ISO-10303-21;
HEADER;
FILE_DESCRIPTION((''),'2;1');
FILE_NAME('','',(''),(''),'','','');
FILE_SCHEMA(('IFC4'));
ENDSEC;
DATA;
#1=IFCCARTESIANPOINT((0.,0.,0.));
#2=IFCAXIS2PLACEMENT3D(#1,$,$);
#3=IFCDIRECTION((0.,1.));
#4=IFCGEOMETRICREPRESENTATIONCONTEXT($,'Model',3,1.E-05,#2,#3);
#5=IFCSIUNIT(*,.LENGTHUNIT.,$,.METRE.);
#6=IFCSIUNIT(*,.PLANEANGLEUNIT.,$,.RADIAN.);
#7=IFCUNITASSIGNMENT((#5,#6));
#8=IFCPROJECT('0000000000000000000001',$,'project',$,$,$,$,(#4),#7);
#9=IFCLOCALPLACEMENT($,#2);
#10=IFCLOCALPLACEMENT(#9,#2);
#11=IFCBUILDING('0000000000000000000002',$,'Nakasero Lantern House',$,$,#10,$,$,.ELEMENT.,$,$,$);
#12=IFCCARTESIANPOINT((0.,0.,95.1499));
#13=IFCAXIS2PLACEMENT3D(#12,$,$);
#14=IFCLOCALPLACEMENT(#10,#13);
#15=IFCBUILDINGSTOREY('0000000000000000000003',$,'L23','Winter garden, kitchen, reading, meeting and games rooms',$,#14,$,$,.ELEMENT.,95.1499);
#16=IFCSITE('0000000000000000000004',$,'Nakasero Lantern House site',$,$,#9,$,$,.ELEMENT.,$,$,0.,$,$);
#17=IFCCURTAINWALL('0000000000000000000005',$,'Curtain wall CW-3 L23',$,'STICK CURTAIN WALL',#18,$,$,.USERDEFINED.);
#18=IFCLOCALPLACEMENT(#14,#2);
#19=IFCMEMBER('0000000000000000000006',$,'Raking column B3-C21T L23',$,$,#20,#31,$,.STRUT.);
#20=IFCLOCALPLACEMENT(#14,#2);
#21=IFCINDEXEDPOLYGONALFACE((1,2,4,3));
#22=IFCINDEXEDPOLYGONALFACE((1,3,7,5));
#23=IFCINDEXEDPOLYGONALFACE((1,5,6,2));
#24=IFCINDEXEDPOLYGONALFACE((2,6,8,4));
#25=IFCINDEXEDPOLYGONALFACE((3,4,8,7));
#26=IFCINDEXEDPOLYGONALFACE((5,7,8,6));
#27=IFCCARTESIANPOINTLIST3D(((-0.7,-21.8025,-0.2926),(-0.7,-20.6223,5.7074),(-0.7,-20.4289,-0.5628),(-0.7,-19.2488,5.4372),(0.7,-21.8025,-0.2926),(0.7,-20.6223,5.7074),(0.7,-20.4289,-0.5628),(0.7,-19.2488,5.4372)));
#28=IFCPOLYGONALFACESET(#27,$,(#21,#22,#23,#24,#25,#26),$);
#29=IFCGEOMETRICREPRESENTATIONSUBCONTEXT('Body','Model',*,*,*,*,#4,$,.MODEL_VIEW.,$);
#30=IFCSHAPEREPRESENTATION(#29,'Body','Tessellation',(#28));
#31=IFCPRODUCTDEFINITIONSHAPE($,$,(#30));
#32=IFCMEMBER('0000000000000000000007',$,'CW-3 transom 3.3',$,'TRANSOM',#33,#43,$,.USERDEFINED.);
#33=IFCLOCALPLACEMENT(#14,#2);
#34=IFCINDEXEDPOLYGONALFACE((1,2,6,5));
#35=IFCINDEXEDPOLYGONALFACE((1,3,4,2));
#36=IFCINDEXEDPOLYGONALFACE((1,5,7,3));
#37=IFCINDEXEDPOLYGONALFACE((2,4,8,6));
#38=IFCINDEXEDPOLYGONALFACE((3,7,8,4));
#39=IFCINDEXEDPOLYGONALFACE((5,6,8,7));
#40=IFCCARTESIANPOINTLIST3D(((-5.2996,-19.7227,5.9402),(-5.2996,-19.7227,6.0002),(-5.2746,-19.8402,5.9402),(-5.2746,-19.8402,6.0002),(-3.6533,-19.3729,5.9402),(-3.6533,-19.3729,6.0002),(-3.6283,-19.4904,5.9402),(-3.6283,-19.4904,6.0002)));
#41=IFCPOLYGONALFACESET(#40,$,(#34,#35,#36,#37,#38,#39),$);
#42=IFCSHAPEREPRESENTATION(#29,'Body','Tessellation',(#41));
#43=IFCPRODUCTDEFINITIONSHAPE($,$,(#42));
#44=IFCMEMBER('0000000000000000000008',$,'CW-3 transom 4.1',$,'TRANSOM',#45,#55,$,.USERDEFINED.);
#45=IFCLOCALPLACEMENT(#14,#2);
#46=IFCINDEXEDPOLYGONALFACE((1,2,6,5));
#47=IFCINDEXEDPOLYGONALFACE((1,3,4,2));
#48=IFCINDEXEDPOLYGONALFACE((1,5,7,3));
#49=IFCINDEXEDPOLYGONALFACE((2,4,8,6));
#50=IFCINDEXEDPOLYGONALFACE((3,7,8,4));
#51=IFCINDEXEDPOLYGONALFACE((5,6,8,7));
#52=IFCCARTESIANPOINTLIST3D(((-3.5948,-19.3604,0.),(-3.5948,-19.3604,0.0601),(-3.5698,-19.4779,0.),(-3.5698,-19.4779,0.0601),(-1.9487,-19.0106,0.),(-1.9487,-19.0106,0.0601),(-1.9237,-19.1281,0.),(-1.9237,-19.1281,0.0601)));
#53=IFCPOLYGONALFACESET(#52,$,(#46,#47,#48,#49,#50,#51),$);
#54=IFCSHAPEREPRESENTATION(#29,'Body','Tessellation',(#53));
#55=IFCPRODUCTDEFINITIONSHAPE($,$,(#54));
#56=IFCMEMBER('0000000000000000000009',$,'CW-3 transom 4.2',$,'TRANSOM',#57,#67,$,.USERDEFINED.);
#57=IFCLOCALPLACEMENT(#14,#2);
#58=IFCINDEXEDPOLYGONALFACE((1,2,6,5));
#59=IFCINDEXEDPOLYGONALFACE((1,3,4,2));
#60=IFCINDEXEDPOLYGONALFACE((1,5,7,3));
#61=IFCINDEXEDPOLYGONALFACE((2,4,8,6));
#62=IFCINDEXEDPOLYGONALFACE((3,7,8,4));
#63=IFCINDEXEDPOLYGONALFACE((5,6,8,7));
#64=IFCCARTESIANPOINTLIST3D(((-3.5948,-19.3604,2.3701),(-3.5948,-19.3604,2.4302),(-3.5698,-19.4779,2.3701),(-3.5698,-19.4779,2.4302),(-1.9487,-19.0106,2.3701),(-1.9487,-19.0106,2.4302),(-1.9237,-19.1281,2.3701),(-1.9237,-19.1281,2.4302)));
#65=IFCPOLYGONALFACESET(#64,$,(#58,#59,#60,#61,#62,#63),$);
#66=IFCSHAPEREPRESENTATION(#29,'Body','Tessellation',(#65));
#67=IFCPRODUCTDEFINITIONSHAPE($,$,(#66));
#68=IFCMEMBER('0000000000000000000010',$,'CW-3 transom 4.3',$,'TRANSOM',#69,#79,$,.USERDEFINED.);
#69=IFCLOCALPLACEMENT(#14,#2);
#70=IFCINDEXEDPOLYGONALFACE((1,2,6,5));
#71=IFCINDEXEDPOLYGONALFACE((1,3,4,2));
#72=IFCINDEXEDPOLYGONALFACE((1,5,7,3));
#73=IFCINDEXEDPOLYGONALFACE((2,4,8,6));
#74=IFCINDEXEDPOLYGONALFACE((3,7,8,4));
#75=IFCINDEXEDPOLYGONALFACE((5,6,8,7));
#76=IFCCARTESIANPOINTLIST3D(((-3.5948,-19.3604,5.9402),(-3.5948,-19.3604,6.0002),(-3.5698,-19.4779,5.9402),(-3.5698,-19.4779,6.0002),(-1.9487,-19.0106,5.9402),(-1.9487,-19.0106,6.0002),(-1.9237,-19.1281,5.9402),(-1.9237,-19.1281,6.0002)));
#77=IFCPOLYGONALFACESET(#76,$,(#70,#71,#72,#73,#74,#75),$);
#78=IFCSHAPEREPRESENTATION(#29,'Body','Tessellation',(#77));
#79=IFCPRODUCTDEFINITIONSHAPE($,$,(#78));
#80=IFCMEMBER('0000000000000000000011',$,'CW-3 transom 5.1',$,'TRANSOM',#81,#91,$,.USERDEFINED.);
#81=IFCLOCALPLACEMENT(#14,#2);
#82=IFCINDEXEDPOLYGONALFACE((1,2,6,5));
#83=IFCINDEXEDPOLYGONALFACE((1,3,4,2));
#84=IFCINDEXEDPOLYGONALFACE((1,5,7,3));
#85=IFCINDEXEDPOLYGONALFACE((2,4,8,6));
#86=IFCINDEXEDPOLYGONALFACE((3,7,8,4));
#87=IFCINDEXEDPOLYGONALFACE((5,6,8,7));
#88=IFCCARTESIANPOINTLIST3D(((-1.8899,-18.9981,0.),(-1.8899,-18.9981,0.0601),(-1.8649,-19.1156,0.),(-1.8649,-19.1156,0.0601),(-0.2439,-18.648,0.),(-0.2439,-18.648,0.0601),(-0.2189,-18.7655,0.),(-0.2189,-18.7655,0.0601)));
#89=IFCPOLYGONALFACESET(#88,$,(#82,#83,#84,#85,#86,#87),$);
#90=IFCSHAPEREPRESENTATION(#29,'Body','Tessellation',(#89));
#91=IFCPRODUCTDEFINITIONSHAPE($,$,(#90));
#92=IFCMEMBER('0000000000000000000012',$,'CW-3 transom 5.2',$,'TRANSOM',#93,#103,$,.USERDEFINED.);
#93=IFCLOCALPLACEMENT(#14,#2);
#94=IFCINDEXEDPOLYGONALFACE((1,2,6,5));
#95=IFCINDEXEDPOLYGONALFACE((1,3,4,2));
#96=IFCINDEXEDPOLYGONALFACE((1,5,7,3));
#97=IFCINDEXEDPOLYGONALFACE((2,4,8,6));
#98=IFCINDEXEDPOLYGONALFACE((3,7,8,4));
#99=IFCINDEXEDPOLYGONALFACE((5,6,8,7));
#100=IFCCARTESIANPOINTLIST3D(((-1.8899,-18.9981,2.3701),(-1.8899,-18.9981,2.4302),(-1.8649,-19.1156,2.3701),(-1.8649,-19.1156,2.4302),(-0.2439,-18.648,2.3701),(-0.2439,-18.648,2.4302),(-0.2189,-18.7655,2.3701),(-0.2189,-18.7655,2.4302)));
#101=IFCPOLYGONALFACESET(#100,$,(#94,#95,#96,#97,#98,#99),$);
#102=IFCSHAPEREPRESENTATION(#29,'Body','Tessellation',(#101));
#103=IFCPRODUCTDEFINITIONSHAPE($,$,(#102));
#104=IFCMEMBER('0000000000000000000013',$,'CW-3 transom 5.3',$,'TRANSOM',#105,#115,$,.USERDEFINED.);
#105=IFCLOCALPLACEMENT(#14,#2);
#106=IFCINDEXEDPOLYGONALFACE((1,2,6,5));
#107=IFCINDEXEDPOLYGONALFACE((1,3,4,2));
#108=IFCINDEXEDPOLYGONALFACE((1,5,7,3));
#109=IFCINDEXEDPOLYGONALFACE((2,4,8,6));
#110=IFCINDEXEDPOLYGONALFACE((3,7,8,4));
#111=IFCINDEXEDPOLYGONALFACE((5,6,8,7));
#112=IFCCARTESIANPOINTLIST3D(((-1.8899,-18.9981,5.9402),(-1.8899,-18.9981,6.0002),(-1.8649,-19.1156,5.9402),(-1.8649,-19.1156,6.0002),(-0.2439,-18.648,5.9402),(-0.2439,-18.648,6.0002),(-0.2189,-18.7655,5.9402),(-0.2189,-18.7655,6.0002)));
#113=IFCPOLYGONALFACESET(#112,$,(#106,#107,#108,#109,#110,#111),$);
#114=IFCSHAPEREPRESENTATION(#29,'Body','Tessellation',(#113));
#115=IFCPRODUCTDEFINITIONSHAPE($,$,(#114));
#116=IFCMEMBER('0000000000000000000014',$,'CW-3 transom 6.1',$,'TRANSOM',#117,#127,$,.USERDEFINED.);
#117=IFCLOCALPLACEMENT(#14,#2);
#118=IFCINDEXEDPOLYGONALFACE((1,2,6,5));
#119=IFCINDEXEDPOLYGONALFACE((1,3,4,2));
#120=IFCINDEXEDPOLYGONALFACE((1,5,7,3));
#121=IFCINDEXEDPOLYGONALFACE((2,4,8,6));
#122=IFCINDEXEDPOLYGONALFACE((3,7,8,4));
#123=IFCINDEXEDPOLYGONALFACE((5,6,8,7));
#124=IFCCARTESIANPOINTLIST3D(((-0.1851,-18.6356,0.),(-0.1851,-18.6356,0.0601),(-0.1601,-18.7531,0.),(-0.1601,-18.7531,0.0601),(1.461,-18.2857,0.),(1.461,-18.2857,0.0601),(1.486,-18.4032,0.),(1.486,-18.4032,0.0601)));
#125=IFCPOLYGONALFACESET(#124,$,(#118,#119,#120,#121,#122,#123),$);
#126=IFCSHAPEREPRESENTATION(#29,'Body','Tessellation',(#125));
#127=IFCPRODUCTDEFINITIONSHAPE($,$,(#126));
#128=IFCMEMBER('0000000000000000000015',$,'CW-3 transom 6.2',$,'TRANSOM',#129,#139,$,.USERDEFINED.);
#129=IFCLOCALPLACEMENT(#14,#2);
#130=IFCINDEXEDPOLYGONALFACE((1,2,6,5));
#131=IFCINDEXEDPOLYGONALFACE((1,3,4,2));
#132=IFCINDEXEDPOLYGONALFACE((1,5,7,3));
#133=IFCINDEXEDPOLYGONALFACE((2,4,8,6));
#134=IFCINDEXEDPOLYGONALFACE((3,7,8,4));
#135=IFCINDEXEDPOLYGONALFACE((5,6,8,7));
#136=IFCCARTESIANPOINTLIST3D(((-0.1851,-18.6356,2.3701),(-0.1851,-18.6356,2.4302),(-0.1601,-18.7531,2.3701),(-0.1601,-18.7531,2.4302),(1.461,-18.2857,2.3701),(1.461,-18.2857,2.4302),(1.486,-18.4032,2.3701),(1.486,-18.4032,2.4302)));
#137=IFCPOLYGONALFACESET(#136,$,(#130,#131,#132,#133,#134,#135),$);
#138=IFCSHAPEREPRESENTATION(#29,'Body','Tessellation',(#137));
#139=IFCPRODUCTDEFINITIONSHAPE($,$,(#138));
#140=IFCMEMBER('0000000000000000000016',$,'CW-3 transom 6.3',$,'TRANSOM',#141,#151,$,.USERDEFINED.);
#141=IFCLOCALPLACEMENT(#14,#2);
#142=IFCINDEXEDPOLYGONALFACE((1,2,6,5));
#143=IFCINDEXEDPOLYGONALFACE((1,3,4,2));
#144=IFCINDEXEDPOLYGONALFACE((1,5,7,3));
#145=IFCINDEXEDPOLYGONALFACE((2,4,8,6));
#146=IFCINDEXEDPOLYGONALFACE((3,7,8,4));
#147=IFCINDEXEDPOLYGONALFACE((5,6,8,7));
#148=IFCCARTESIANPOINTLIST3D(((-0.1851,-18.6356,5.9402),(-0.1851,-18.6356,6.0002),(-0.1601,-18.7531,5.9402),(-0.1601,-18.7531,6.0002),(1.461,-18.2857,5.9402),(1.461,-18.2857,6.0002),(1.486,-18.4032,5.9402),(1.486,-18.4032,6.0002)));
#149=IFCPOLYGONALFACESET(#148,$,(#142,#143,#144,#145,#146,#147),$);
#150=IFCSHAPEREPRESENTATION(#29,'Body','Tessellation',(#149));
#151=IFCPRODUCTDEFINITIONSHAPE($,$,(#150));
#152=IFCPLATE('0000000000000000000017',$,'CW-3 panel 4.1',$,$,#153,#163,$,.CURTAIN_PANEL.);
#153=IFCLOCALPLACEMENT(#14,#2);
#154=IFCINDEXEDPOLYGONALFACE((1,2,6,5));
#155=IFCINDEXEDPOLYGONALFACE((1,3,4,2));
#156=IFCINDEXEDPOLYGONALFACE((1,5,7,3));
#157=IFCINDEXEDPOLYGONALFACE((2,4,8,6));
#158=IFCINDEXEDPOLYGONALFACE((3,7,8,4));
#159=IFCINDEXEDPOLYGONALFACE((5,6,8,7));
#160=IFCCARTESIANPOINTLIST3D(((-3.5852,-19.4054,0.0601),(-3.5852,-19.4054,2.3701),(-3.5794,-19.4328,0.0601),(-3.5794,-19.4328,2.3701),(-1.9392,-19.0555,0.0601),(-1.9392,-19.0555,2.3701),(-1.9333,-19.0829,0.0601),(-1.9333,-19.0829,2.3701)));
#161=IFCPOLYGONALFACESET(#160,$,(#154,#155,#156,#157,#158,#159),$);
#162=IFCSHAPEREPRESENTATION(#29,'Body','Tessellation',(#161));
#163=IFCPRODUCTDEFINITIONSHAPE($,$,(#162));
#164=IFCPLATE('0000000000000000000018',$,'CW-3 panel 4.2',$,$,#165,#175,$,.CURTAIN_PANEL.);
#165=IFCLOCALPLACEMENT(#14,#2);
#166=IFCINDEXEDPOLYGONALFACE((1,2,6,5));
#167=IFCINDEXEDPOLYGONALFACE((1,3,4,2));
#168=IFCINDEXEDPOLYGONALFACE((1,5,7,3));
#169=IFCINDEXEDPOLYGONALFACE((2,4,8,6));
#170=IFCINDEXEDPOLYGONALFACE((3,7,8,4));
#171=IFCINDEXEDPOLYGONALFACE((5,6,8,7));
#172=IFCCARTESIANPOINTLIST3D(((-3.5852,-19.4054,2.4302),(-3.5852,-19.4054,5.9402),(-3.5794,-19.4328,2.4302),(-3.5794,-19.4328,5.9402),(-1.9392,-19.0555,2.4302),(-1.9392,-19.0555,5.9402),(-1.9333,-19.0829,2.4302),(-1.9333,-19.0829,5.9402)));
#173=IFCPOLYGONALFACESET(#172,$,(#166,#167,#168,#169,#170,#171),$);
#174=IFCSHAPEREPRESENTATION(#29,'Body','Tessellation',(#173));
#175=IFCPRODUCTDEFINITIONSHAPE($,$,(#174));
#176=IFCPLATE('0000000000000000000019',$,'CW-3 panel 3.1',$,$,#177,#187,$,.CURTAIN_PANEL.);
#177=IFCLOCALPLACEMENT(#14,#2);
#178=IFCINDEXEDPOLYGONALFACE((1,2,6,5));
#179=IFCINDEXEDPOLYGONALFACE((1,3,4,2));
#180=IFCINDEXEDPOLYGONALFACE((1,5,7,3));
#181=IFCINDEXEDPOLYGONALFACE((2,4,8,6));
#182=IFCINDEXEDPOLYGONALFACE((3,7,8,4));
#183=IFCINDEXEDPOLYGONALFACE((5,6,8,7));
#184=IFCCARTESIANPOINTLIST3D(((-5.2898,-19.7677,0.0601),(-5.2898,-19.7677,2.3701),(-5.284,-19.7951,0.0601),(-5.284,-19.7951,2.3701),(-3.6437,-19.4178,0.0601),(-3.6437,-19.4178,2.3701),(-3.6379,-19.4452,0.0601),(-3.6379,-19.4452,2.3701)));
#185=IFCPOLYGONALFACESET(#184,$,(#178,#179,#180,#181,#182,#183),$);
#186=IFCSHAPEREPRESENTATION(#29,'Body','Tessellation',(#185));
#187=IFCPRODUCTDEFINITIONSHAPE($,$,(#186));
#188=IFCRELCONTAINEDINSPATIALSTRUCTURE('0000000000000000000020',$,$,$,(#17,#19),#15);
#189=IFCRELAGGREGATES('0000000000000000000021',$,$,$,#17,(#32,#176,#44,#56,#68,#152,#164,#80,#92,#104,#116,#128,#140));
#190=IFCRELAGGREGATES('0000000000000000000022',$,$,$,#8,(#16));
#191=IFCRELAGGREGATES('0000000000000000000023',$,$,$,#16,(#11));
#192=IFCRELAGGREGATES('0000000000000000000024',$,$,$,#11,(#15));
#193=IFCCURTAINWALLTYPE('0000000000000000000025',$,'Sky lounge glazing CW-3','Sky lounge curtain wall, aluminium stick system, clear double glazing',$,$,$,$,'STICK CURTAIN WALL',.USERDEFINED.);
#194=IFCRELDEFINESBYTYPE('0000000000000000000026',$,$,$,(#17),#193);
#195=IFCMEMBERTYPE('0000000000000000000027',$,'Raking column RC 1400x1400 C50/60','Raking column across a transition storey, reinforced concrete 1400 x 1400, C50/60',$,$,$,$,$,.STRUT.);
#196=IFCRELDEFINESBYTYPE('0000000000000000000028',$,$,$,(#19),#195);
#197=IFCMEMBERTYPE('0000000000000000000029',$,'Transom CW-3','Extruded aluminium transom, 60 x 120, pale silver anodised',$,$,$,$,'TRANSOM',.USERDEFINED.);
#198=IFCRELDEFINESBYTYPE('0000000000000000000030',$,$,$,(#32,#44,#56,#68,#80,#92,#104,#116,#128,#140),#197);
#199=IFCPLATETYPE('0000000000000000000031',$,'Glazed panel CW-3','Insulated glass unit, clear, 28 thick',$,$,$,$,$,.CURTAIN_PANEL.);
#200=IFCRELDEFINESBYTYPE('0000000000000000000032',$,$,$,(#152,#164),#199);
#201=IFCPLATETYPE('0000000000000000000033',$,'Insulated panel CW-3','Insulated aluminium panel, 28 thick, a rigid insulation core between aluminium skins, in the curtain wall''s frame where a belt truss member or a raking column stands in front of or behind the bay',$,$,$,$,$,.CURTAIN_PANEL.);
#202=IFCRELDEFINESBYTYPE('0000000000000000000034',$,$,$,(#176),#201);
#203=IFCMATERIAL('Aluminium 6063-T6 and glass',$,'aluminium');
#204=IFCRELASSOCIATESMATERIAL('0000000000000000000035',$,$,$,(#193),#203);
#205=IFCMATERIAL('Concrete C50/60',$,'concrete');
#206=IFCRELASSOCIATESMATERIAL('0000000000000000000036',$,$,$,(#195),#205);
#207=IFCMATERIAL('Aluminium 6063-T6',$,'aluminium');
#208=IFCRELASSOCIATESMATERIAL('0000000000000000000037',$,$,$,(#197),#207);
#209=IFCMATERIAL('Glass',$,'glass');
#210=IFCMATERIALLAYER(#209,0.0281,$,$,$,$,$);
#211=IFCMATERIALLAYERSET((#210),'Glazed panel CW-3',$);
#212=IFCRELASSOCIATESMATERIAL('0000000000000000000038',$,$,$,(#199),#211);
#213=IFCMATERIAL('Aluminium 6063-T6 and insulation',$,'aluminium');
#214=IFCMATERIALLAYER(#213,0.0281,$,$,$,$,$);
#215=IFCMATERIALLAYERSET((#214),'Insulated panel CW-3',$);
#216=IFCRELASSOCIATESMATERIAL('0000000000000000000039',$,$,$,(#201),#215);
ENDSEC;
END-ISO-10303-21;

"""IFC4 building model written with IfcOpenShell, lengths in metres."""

from ifc_helpers import new_model, si_unit, direction, frame, origin, origin_2d, place, context, subcontext, project, spatial, rectangle, extrude, material, layer, layer_set, material_profile, profile_set, type_object, element, aggregate, save


model = new_model("IFC4")

# Units and contexts
model_context = context("Model", 3, precision=1e-05, world=origin(), true_north=direction((0.0, 1.0)))
body_context = subcontext(model_context, "Body", "Model", "MODEL_VIEW")
ifc_project = project(units=[si_unit("LENGTHUNIT", "METRE"), si_unit("PLANEANGLEUNIT", "RADIAN")], contexts=[model_context])

# Site, building, storey
site_placement = place(None, origin())
site = spatial("IfcSite", under=ifc_project, at=site_placement, Name="Nakasero Lantern House site", CompositionType="ELEMENT", RefElevation=0.0)
building_placement = place(site_placement, origin())
building = spatial("IfcBuilding", under=site, at=building_placement, Name="Nakasero Lantern House", CompositionType="ELEMENT")
storey_placement = place(building_placement, frame((0.0, 0.0, 95.1499)))
storey = spatial("IfcBuildingStorey", under=building, at=storey_placement, Name="L23", Description="Winter garden, kitchen, reading, meeting and games rooms", CompositionType="ELEMENT", Elevation=95.1499)

# Curtain wall
ifc_material_1 = material(Name="Aluminium 6063-T6 and glass", Category="aluminium")
curtain_wall_type = type_object("IfcCurtainWallType", Name="Sky lounge glazing CW-3", Description="Sky lounge curtain wall, aluminium stick system, clear double glazing", ElementType="STICK CURTAIN WALL", PredefinedType="USERDEFINED", material=ifc_material_1)
curtain_wall_placement = place(storey_placement, origin())
curtain_wall = element("IfcCurtainWall", 1, at=curtain_wall_placement, inside=storey, type_object=curtain_wall_type, Name="Curtain wall CW-3 L23", ObjectType="STICK CURTAIN WALL", PredefinedType="USERDEFINED")

# Members
ifc_material_2 = material(Name="Concrete C50/60", Category="concrete")
ifc_material_profile_1 = material_profile(ifc_material_2, rectangle(XDim=1.3999, YDim=1.3999, at=origin_2d()), Name="RC 1400x1400")
ifc_profile_set_1 = profile_set([ifc_material_profile_1], Name="Concrete C50/60")
member_type_1 = type_object("IfcMemberType", Name="Raking column RC 1400x1400 C50/60", Description="Raking column across a transition storey, reinforced concrete 1400 x 1400, C50/60", PredefinedType="STRUT", material=ifc_profile_set_1)
member_1_placement = place(storey_placement, frame((0.0, -21.1157, -0.4277), z_axis=(0.0, 0.192998, 0.981199), x_axis=(-1.0, 0.0, 0.0)))
element("IfcMember", 2, at=member_1_placement, inside=storey, type_object=member_type_1, Name="Raking column B3-C21T L23", PredefinedType="STRUT", context=body_context, shape_type="SweptSolid", body=[
    extrude(rectangle(XDim=1.3999, YDim=1.3999, at=origin_2d()), origin(), (0.0, 0.0, 1.0), 6.115),
])
ifc_material_3 = material(Name="Aluminium 6063-T6", Category="aluminium")
ifc_material_profile_2 = material_profile(ifc_material_3, rectangle(XDim=0.0601, YDim=0.1201, at=origin_2d()), Name="CW-3 transom 60x120")
ifc_profile_set_2 = profile_set([ifc_material_profile_2], Name="Aluminium 6063-T6")
member_type_2 = type_object("IfcMemberType", Name="Transom CW-3", Description="Extruded aluminium transom, 60 x 120, pale silver anodised", ElementType="TRANSOM", PredefinedType="USERDEFINED", material=ifc_profile_set_2)
member_2_placement = place(storey_placement, frame((-5.2871, -19.7815, 5.9702), z_axis=(0.978156, 0.207874, 0.0), x_axis=(0.0, 0.0, 1.0)))
member_2 = element("IfcMember", 3, at=member_2_placement, type_object=member_type_2, Name="CW-3 transom 3.3", ObjectType="TRANSOM", PredefinedType="USERDEFINED", context=body_context, shape_type="SweptSolid", body=[
    extrude(rectangle(XDim=0.0601, YDim=0.1201, at=origin_2d()), origin(), (0.0, 0.0, 1.0), 1.6831),
])
member_3_placement = place(storey_placement, frame((-3.5823, -19.4192, 0.03), z_axis=(0.978149, 0.207904, 0.0), x_axis=(0.0, 0.0, 1.0)))
member_3 = element("IfcMember", 4, at=member_3_placement, type_object=member_type_2, Name="CW-3 transom 4.1", ObjectType="TRANSOM", PredefinedType="USERDEFINED", context=body_context, shape_type="SweptSolid", body=[
    extrude(rectangle(XDim=0.0601, YDim=0.1201, at=origin_2d()), origin(), (0.0, 0.0, 1.0), 1.6829),
])
member_4_placement = place(storey_placement, frame((-3.5823, -19.4192, 2.4001), z_axis=(0.978149, 0.207904, 0.0), x_axis=(0.0, 0.0, 1.0)))
member_4 = element("IfcMember", 5, at=member_4_placement, type_object=member_type_2, Name="CW-3 transom 4.2", ObjectType="TRANSOM", PredefinedType="USERDEFINED", context=body_context, shape_type="SweptSolid", body=[
    extrude(rectangle(XDim=0.0601, YDim=0.1201, at=origin_2d()), origin(), (0.0, 0.0, 1.0), 1.6829),
])
member_5_placement = place(storey_placement, frame((-3.5823, -19.4192, 5.9702), z_axis=(0.978149, 0.207904, 0.0), x_axis=(0.0, 0.0, 1.0)))
member_5 = element("IfcMember", 6, at=member_5_placement, type_object=member_type_2, Name="CW-3 transom 4.3", ObjectType="TRANSOM", PredefinedType="USERDEFINED", context=body_context, shape_type="SweptSolid", body=[
    extrude(rectangle(XDim=0.0601, YDim=0.1201, at=origin_2d()), origin(), (0.0, 0.0, 1.0), 1.6829),
])
member_6_placement = place(storey_placement, frame((-1.8774, -19.0569, 0.03), z_axis=(0.97812, 0.208043, 0.0), x_axis=(0.0, 0.0, 1.0)))
member_6 = element("IfcMember", 7, at=member_6_placement, type_object=member_type_2, Name="CW-3 transom 5.1", ObjectType="TRANSOM", PredefinedType="USERDEFINED", context=body_context, shape_type="SweptSolid", body=[
    extrude(rectangle(XDim=0.0601, YDim=0.1201, at=origin_2d()), origin(), (0.0, 0.0, 1.0), 1.6829),
])
member_7_placement = place(storey_placement, frame((-1.8774, -19.0569, 2.4001), z_axis=(0.97812, 0.208043, 0.0), x_axis=(0.0, 0.0, 1.0)))
member_7 = element("IfcMember", 8, at=member_7_placement, type_object=member_type_2, Name="CW-3 transom 5.2", ObjectType="TRANSOM", PredefinedType="USERDEFINED", context=body_context, shape_type="SweptSolid", body=[
    extrude(rectangle(XDim=0.0601, YDim=0.1201, at=origin_2d()), origin(), (0.0, 0.0, 1.0), 1.6829),
])
member_8_placement = place(storey_placement, frame((-1.8774, -19.0569, 5.9702), z_axis=(0.97812, 0.208043, 0.0), x_axis=(0.0, 0.0, 1.0)))
member_8 = element("IfcMember", 9, at=member_8_placement, type_object=member_type_2, Name="CW-3 transom 5.3", ObjectType="TRANSOM", PredefinedType="USERDEFINED", context=body_context, shape_type="SweptSolid", body=[
    extrude(rectangle(XDim=0.0601, YDim=0.1201, at=origin_2d()), origin(), (0.0, 0.0, 1.0), 1.6829),
])
member_9_placement = place(storey_placement, frame((-0.1726, -18.6943, 0.03), z_axis=(0.978149, 0.207904, 0.0), x_axis=(0.0, 0.0, 1.0)))
member_9 = element("IfcMember", 10, at=member_9_placement, type_object=member_type_2, Name="CW-3 transom 6.1", ObjectType="TRANSOM", PredefinedType="USERDEFINED", context=body_context, shape_type="SweptSolid", body=[
    extrude(rectangle(XDim=0.0601, YDim=0.1201, at=origin_2d()), origin(), (0.0, 0.0, 1.0), 1.6829),
])
member_10_placement = place(storey_placement, frame((-0.1726, -18.6943, 2.4001), z_axis=(0.978149, 0.207904, 0.0), x_axis=(0.0, 0.0, 1.0)))
member_10 = element("IfcMember", 11, at=member_10_placement, type_object=member_type_2, Name="CW-3 transom 6.2", ObjectType="TRANSOM", PredefinedType="USERDEFINED", context=body_context, shape_type="SweptSolid", body=[
    extrude(rectangle(XDim=0.0601, YDim=0.1201, at=origin_2d()), origin(), (0.0, 0.0, 1.0), 1.6829),
])
member_11_placement = place(storey_placement, frame((-0.1726, -18.6943, 5.9702), z_axis=(0.978149, 0.207904, 0.0), x_axis=(0.0, 0.0, 1.0)))
member_11 = element("IfcMember", 12, at=member_11_placement, type_object=member_type_2, Name="CW-3 transom 6.3", ObjectType="TRANSOM", PredefinedType="USERDEFINED", context=body_context, shape_type="SweptSolid", body=[
    extrude(rectangle(XDim=0.0601, YDim=0.1201, at=origin_2d()), origin(), (0.0, 0.0, 1.0), 1.6829),
])

# Plates
ifc_material_4 = material(Name="Glass", Category="glass")
ifc_layer_1 = layer(ifc_material_4, 0.0281)
ifc_layer_set_1 = layer_set([ifc_layer_1], Name="Glazed panel CW-3")
plate_type_1 = type_object("IfcPlateType", Name="Glazed panel CW-3", Description="Insulated glass unit, clear, 28 thick", PredefinedType="CURTAIN_PANEL", material=ifc_layer_set_1)
plate_1_placement = place(storey_placement, frame((-2.7593, -19.2441, 0.0601), z_axis=(0.0, 0.0, 1.0), x_axis=(0.978148, 0.207912, 0.0)))
plate_1 = element("IfcPlate", 13, at=plate_1_placement, type_object=plate_type_1, Name="CW-3 panel 4.1", PredefinedType="CURTAIN_PANEL", context=body_context, shape_type="SweptSolid", body=[
    extrude(rectangle(XDim=1.6829, YDim=0.0281, at=origin_2d()), origin(), (0.0, 0.0, 1.0), 2.3101),
])
plate_2_placement = place(storey_placement, frame((-2.7593, -19.2441, 2.4302), z_axis=(0.0, 0.0, 1.0), x_axis=(0.978148, 0.207912, 0.0)))
plate_2 = element("IfcPlate", 14, at=plate_2_placement, type_object=plate_type_1, Name="CW-3 panel 4.2", PredefinedType="CURTAIN_PANEL", context=body_context, shape_type="SweptSolid", body=[
    extrude(rectangle(XDim=1.6829, YDim=0.0281, at=origin_2d()), origin(), (0.0, 0.0, 1.0), 3.51),
])
ifc_material_5 = material(Name="Aluminium 6063-T6 and insulation", Category="aluminium")
ifc_layer_2 = layer(ifc_material_5, 0.0281)
ifc_layer_set_2 = layer_set([ifc_layer_2], Name="Insulated panel CW-3")
plate_type_2 = type_object("IfcPlateType", Name="Insulated panel CW-3", Description="Insulated aluminium panel, 28 thick, a rigid insulation core between aluminium skins, in the curtain wall's frame where a belt truss member or a raking column stands in front of or behind the bay", PredefinedType="CURTAIN_PANEL", material=ifc_layer_set_2)
plate_3_placement = place(storey_placement, frame((-4.4639, -19.6064, 0.0601), z_axis=(0.0, 0.0, 1.0), x_axis=(0.978148, 0.207912, 0.0)))
plate_3 = element("IfcPlate", 15, at=plate_3_placement, type_object=plate_type_2, Name="CW-3 panel 3.1", PredefinedType="CURTAIN_PANEL", context=body_context, shape_type="SweptSolid", body=[
    extrude(rectangle(XDim=1.6829, YDim=0.0281, at=origin_2d()), origin(), (0.0, 0.0, 1.0), 2.3101),
])
aggregate(curtain_wall, [member_2, plate_3, member_3, member_4, member_5, plate_1, plate_2, member_6, member_7, member_8, member_9, member_10, member_11])

save(model, "model.ifc")
